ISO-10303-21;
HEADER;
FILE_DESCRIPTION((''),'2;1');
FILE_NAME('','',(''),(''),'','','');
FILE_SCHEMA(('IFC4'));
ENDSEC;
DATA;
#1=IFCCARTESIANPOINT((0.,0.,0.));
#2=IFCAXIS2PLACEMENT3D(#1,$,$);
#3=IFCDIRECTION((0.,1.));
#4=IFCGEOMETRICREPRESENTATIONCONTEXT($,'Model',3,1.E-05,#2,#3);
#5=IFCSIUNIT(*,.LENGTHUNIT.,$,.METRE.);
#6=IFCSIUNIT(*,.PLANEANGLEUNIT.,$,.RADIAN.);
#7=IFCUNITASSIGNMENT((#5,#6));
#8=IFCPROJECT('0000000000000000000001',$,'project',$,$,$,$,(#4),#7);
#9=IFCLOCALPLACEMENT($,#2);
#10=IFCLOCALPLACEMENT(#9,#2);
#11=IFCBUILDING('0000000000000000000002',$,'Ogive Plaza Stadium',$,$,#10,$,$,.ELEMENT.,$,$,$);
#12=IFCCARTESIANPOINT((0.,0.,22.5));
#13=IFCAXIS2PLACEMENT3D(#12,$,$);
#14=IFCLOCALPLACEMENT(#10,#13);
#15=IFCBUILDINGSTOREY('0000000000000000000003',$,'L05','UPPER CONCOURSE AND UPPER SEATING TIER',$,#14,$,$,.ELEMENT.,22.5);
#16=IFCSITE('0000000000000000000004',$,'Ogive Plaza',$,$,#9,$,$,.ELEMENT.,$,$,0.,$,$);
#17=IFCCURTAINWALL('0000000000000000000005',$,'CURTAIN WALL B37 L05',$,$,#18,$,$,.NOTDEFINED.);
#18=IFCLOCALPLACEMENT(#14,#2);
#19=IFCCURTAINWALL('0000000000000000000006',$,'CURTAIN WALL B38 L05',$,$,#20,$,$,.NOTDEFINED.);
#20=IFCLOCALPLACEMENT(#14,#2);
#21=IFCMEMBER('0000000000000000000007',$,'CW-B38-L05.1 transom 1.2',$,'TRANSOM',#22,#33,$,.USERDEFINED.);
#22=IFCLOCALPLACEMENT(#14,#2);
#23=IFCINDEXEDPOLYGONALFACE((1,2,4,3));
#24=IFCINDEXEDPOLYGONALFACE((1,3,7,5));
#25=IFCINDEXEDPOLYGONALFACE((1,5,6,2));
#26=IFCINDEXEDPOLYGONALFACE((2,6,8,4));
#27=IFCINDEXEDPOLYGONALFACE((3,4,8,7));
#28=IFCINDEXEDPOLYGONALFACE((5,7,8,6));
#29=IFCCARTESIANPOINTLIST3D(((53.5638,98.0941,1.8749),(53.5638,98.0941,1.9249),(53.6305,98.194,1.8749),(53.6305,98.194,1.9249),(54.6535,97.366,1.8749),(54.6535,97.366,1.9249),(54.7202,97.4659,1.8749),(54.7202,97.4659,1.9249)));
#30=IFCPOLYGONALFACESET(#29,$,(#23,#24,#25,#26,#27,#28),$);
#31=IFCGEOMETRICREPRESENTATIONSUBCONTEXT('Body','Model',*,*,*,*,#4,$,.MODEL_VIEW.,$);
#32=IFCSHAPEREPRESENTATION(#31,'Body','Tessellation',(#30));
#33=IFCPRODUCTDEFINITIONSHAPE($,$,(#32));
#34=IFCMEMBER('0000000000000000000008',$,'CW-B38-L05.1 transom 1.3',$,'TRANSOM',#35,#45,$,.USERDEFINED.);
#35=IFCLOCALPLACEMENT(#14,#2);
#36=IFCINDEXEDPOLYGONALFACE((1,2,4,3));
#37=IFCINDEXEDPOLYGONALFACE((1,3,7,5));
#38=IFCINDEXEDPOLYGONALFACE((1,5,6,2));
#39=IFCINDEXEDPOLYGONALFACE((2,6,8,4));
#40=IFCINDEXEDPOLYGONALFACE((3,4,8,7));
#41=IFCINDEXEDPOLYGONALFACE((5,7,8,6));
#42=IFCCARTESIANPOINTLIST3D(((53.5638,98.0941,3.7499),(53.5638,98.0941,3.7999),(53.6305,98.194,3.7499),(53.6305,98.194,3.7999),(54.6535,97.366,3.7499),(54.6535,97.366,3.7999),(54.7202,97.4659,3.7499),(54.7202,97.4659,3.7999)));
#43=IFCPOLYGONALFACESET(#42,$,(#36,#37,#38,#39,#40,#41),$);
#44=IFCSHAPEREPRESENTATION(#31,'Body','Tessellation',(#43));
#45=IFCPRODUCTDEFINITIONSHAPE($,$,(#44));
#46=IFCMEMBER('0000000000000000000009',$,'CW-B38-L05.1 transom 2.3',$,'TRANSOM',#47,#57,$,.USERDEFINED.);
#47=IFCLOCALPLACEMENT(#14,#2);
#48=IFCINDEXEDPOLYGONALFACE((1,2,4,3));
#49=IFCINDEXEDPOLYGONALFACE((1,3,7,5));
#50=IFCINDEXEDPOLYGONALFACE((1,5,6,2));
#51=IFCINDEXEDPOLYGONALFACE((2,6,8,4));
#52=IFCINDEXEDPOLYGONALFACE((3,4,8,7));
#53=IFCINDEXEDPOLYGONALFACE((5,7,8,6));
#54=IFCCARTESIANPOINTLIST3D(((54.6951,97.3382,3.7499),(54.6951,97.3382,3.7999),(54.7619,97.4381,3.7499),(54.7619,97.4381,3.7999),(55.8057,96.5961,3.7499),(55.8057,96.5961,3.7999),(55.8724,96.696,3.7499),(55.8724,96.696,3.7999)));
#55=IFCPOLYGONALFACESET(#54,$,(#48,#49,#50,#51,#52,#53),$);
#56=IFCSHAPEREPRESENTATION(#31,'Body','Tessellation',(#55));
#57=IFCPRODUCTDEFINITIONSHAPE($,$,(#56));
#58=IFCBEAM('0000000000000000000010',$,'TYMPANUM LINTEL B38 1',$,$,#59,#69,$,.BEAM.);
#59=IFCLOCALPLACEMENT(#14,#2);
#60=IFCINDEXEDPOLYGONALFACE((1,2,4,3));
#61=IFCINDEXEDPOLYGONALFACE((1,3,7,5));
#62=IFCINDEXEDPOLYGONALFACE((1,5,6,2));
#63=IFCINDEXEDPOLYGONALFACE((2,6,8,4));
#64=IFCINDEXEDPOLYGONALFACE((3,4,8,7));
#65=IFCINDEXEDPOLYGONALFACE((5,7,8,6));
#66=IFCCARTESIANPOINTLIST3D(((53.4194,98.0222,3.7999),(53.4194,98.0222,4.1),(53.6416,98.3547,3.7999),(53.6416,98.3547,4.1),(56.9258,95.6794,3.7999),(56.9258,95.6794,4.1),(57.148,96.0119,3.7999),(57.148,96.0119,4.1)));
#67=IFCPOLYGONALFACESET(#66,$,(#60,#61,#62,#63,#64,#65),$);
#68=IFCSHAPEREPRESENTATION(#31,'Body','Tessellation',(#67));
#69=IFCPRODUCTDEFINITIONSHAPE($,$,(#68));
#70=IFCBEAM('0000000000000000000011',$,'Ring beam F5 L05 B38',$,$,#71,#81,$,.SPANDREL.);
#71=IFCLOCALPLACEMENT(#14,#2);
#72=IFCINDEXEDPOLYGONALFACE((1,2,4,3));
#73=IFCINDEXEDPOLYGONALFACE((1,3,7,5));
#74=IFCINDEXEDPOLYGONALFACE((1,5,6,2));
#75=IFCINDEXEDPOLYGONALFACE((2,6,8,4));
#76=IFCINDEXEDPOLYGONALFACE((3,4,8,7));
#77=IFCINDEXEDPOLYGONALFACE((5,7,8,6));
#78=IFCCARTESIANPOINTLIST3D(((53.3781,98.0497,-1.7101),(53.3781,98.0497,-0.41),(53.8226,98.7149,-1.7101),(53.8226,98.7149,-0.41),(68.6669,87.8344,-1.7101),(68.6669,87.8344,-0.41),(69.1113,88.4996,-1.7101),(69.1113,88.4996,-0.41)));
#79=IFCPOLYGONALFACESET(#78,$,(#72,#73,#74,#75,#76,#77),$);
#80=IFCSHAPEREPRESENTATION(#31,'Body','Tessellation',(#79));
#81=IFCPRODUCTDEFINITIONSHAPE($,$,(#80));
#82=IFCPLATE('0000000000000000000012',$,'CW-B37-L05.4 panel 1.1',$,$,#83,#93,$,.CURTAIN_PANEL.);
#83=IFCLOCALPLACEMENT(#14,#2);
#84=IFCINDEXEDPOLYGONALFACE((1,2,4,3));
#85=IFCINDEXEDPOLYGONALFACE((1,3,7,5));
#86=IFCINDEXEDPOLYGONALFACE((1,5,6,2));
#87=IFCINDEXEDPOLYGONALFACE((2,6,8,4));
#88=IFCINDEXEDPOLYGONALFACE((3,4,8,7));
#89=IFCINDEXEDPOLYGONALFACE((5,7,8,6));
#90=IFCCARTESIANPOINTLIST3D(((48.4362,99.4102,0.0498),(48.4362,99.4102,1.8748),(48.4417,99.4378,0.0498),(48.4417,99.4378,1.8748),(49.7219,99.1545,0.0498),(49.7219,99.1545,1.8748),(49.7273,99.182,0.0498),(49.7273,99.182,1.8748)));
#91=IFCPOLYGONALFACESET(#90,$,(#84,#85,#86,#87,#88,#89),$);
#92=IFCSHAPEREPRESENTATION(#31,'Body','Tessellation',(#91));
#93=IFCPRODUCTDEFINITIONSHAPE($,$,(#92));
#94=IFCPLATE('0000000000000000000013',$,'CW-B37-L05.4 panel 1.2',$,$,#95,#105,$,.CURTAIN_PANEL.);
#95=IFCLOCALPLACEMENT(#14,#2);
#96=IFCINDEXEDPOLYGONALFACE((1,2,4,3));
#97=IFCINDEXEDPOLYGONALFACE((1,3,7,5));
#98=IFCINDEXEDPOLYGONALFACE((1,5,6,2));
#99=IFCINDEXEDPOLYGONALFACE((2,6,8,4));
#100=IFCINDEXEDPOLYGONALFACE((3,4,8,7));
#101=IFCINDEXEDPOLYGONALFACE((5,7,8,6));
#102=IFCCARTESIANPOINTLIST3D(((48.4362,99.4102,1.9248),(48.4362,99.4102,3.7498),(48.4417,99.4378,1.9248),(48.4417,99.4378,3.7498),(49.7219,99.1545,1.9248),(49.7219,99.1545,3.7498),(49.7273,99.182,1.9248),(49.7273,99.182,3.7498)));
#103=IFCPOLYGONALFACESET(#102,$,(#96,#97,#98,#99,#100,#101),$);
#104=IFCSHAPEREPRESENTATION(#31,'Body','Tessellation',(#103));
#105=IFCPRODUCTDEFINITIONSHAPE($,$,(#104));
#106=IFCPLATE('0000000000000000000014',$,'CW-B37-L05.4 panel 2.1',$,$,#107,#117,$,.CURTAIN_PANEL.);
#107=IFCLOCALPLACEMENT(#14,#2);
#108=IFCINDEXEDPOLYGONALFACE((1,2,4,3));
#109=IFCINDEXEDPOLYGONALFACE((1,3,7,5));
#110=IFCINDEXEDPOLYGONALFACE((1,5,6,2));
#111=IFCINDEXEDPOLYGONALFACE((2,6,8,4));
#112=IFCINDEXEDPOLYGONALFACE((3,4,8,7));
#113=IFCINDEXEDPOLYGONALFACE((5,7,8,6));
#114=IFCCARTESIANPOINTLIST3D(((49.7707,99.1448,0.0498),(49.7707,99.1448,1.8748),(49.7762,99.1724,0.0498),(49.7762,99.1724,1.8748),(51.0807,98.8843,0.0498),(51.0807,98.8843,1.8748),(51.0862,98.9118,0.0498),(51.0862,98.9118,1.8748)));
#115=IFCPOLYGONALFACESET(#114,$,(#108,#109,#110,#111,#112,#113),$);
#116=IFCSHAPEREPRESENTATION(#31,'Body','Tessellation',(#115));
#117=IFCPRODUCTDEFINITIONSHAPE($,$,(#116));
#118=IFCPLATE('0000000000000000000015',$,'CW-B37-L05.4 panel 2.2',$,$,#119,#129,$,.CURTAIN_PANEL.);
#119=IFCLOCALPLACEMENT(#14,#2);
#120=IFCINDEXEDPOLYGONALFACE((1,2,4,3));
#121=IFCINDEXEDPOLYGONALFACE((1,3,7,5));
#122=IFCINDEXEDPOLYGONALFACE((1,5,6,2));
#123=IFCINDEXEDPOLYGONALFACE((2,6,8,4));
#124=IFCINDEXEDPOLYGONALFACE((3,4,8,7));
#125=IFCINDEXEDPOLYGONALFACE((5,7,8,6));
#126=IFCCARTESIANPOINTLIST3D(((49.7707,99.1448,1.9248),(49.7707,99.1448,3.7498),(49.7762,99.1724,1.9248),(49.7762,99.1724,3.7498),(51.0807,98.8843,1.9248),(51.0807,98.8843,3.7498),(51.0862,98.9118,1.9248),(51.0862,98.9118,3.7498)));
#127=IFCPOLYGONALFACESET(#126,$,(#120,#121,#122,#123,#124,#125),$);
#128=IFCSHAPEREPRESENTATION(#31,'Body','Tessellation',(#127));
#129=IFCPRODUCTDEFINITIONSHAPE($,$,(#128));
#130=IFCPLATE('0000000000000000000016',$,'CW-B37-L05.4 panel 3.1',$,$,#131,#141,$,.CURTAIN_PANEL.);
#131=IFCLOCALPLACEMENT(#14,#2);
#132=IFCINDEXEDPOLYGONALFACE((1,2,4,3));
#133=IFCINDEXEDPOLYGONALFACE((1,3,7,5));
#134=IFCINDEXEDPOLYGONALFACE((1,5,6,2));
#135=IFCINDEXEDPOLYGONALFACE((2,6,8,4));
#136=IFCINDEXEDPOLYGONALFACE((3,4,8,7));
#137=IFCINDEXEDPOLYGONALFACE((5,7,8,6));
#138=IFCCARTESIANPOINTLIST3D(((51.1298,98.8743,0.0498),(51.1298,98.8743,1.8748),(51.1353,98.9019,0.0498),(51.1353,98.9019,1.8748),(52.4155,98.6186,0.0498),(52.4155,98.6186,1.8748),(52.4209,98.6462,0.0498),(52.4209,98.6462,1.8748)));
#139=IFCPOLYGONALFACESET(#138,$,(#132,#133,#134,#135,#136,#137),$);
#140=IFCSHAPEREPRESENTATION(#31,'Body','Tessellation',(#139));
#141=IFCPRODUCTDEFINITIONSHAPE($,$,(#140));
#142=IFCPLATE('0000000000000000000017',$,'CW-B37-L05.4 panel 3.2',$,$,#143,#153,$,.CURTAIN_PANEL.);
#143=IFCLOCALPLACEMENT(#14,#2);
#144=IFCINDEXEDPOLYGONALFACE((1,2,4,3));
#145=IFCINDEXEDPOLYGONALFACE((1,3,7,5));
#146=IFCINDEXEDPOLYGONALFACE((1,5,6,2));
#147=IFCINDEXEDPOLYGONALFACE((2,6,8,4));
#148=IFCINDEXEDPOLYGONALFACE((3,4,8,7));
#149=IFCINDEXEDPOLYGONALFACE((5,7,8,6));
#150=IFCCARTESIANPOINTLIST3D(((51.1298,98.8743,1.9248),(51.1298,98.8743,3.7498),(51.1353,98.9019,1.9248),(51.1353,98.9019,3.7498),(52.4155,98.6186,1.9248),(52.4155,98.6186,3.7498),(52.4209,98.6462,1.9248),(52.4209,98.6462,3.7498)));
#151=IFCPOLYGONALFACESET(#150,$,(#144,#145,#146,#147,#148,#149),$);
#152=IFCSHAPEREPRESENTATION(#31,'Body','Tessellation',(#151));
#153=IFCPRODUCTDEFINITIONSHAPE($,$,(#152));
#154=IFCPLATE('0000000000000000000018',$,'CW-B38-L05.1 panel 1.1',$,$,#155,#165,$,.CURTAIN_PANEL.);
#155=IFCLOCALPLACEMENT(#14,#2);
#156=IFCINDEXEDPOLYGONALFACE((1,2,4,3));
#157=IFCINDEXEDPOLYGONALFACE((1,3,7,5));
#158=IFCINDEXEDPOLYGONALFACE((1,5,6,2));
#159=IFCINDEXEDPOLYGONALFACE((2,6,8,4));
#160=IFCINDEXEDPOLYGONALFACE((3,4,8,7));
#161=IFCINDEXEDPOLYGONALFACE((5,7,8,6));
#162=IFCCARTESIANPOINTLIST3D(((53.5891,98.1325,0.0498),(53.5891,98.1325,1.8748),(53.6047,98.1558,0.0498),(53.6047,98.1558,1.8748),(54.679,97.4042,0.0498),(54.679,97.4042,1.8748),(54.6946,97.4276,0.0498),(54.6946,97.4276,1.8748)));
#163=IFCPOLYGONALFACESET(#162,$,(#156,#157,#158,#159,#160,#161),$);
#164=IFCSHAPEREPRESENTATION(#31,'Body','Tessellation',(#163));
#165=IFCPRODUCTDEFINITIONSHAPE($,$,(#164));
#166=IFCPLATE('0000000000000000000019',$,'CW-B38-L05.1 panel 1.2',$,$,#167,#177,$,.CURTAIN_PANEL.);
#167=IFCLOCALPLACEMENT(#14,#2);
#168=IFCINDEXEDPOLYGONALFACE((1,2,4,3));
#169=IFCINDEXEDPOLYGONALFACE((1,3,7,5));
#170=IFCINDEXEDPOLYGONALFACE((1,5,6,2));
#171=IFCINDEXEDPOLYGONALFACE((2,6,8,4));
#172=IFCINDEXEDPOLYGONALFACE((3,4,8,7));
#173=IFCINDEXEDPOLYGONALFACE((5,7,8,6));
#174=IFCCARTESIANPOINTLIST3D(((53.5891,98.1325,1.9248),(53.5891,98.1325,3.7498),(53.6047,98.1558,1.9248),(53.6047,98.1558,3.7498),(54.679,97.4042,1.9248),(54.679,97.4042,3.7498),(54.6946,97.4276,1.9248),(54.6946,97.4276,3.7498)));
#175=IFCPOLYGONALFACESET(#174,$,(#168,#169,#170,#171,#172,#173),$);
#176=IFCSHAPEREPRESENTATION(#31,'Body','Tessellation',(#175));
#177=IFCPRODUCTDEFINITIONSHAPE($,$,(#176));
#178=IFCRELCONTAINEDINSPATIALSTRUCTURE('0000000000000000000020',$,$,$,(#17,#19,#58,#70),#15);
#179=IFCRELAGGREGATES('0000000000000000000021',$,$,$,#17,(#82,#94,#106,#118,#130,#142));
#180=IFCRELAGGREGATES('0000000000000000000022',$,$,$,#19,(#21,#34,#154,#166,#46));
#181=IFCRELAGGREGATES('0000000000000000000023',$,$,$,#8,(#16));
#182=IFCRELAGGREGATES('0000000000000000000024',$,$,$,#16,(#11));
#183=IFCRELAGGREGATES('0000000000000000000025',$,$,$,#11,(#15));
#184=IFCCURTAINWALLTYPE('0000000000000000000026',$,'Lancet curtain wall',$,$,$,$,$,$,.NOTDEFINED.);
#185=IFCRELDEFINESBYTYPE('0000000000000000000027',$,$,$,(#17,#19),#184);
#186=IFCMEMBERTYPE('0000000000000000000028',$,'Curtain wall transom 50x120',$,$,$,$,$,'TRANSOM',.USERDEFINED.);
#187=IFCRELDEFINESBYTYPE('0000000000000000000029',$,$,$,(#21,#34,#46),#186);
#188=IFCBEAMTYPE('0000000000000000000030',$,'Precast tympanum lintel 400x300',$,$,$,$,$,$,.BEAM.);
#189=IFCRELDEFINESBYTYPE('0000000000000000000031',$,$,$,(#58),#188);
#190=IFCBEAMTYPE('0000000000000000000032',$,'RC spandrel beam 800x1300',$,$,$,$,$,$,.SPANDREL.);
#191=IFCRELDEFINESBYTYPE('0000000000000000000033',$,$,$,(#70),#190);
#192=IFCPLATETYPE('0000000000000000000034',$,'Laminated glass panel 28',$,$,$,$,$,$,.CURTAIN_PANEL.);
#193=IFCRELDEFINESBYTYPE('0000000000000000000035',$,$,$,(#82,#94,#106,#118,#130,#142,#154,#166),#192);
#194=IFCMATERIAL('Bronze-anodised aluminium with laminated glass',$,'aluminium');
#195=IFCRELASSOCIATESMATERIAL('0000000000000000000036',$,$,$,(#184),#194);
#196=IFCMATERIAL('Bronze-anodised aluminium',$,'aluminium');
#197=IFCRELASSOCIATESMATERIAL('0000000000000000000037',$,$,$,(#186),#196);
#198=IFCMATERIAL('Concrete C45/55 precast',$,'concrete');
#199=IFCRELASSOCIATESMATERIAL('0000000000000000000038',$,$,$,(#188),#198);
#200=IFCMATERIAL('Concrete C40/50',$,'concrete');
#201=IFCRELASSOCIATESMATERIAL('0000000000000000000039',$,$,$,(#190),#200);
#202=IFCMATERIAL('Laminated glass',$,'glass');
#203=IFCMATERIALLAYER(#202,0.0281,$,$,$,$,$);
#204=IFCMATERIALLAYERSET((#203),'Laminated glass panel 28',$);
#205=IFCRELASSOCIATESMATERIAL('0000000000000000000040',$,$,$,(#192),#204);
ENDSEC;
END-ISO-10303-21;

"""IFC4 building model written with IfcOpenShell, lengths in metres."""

from ifc_helpers import new_model, si_unit, direction, frame, origin, origin_2d, place, context, subcontext, project, spatial, rectangle, extrude, material, layer, layer_set, material_profile, profile_set, type_object, element, aggregate, save


model = new_model("IFC4")

# Units and contexts
model_context = context("Model", 3, precision=1e-05, world=origin(), true_north=direction((0.0, 1.0)))
body_context = subcontext(model_context, "Body", "Model", "MODEL_VIEW")
ifc_project = project(units=[si_unit("LENGTHUNIT", "METRE"), si_unit("PLANEANGLEUNIT", "RADIAN")], contexts=[model_context])

# Site, building, storey
site_placement = place(None, origin())
site = spatial("IfcSite", under=ifc_project, at=site_placement, Name="Ogive Plaza", CompositionType="ELEMENT", RefElevation=0.0)
building_placement = place(site_placement, origin())
building = spatial("IfcBuilding", under=site, at=building_placement, Name="Ogive Plaza Stadium", CompositionType="ELEMENT")
storey_placement = place(building_placement, frame((0.0, 0.0, 22.5)))
storey = spatial("IfcBuildingStorey", under=building, at=storey_placement, Name="L05", Description="UPPER CONCOURSE AND UPPER SEATING TIER", CompositionType="ELEMENT", Elevation=22.5)

# Curtain walls
ifc_material_1 = material(Name="Bronze-anodised aluminium with laminated glass", Category="aluminium")
curtain_wall_type = type_object("IfcCurtainWallType", Name="Lancet curtain wall", PredefinedType="NOTDEFINED", material=ifc_material_1)
curtain_wall_1_placement = place(storey_placement, origin())
curtain_wall_1 = element("IfcCurtainWall", 1, at=curtain_wall_1_placement, inside=storey, type_object=curtain_wall_type, Name="CURTAIN WALL B37 L05", PredefinedType="NOTDEFINED")
curtain_wall_2_placement = place(storey_placement, origin())
curtain_wall_2 = element("IfcCurtainWall", 2, at=curtain_wall_2_placement, inside=storey, type_object=curtain_wall_type, Name="CURTAIN WALL B38 L05", PredefinedType="NOTDEFINED")

# Members
ifc_material_2 = material(Name="Bronze-anodised aluminium", Category="aluminium")
ifc_material_profile_1 = material_profile(ifc_material_2, rectangle(XDim=0.1201, YDim=0.05, at=origin_2d()), Name="AL 120x50")
ifc_profile_set_1 = profile_set([ifc_material_profile_1], Name="Bronze-anodised aluminium")
member_type_1 = type_object("IfcMemberType", Name="Curtain wall transom 50x120", ElementType="TRANSOM", PredefinedType="USERDEFINED", material=ifc_profile_set_1)
member_1_placement = place(storey_placement, frame((53.5972, 98.144, 1.8999), z_axis=(0.831477, -0.55556, 0.0), x_axis=(0.55556, 0.831477, 0.0)))
member_1 = element("IfcMember", 3, at=member_1_placement, type_object=member_type_1, Name="CW-B38-L05.1 transom 1.2", ObjectType="TRANSOM", PredefinedType="USERDEFINED", context=body_context, shape_type="SweptSolid", body=[
    extrude(rectangle(XDim=0.1201, YDim=0.05, at=origin_2d()), origin(), (0.0, 0.0, 1.0), 1.3105),
])
member_2_placement = place(storey_placement, frame((53.5972, 98.144, 3.7749), z_axis=(0.831477, -0.55556, 0.0), x_axis=(0.55556, 0.831477, 0.0)))
member_2 = element("IfcMember", 4, at=member_2_placement, type_object=member_type_1, Name="CW-B38-L05.1 transom 1.3", ObjectType="TRANSOM", PredefinedType="USERDEFINED", context=body_context, shape_type="SweptSolid", body=[
    extrude(rectangle(XDim=0.1201, YDim=0.05, at=origin_2d()), origin(), (0.0, 0.0, 1.0), 1.3105),
])
member_3_placement = place(storey_placement, frame((54.7285, 97.3882, 3.7749), z_axis=(0.831431, -0.555628, 0.0), x_axis=(0.555628, 0.831431, 0.0)))
member_3 = element("IfcMember", 5, at=member_3_placement, type_object=member_type_1, Name="CW-B38-L05.1 transom 2.3", ObjectType="TRANSOM", PredefinedType="USERDEFINED", context=body_context, shape_type="SweptSolid", body=[
    extrude(rectangle(XDim=0.1201, YDim=0.05, at=origin_2d()), origin(), (0.0, 0.0, 1.0), 1.3357),
])

# Beams
ifc_material_3 = material(Name="Concrete C45/55 precast", Category="concrete")
ifc_material_profile_2 = material_profile(ifc_material_3, rectangle(XDim=0.3999, YDim=0.3, at=origin_2d()), Name="RC 400x300")
ifc_profile_set_2 = profile_set([ifc_material_profile_2], Name="Concrete C45/55 precast")
beam_type_1 = type_object("IfcBeamType", Name="Precast tympanum lintel 400x300", PredefinedType="BEAM", material=ifc_profile_set_2)
beam_1_placement = place(storey_placement, frame((53.5305, 98.1885, 3.95), z_axis=(0.83148, -0.555555, 0.0), x_axis=(0.555555, 0.83148, 0.0)))
element("IfcBeam", 6, at=beam_1_placement, inside=storey, type_object=beam_type_1, Name="TYMPANUM LINTEL B38 1", PredefinedType="BEAM", context=body_context, shape_type="SweptSolid", body=[
    extrude(rectangle(XDim=0.3999, YDim=0.3, at=origin_2d()), origin(), (0.0, 0.0, 1.0), 4.217),
])
ifc_material_4 = material(Name="Concrete C40/50", Category="concrete")
ifc_material_profile_3 = material_profile(ifc_material_4, rectangle(XDim=0.8, YDim=1.3, at=origin_2d()), Name="RC 800x1300")
ifc_profile_set_3 = profile_set([ifc_material_profile_3], Name="Concrete C40/50")
beam_type_2 = type_object("IfcBeamType", Name="RC spandrel beam 800x1300", PredefinedType="SPANDREL", material=ifc_profile_set_3)
beam_2_placement = place(storey_placement, frame((53.6003, 98.3823, -1.0601), z_axis=(0.831478, -0.555558, 0.0), x_axis=(0.555558, 0.831478, 0.0)))
element("IfcBeam", 7, at=beam_2_placement, inside=storey, type_object=beam_type_2, Name="Ring beam F5 L05 B38", PredefinedType="SPANDREL", context=body_context, shape_type="SweptSolid", body=[
    extrude(rectangle(XDim=0.8, YDim=1.3, at=origin_2d()), origin(), (0.0, 0.0, 1.0), 18.3875),
])

# Plates
ifc_material_5 = material(Name="Laminated glass", Category="glass")
ifc_layer_1 = layer(ifc_material_5, 0.0281)
ifc_layer_set_1 = layer_set([ifc_layer_1], Name="Laminated glass panel 28")
plate_type = type_object("IfcPlateType", Name="Laminated glass panel 28", PredefinedType="CURTAIN_PANEL", material=ifc_layer_set_1)
plate_1_placement = place(storey_placement, frame((49.0818, 99.2961, 0.0498), z_axis=(0.0, 0.0, 1.0), x_axis=(0.980785, -0.19509, 0.0)))
plate_1 = element("IfcPlate", 8, at=plate_1_placement, type_object=plate_type, Name="CW-B37-L05.4 panel 1.1", PredefinedType="CURTAIN_PANEL", context=body_context, shape_type="SweptSolid", body=[
    extrude(rectangle(XDim=1.3108, YDim=0.0281, at=origin_2d()), origin(), (0.0, 0.0, 1.0), 1.825),
])
plate_2_placement = place(storey_placement, frame((49.0818, 99.2961, 1.9248), z_axis=(0.0, 0.0, 1.0), x_axis=(0.980785, -0.19509, 0.0)))
plate_2 = element("IfcPlate", 9, at=plate_2_placement, type_object=plate_type, Name="CW-B37-L05.4 panel 1.2", PredefinedType="CURTAIN_PANEL", context=body_context, shape_type="SweptSolid", body=[
    extrude(rectangle(XDim=1.3108, YDim=0.0281, at=origin_2d()), origin(), (0.0, 0.0, 1.0), 1.825),
])
plate_3_placement = place(storey_placement, frame((50.4285, 99.0283, 0.0498), z_axis=(0.0, 0.0, 1.0), x_axis=(0.980785, -0.19509, 0.0)))
plate_3 = element("IfcPlate", 10, at=plate_3_placement, type_object=plate_type, Name="CW-B37-L05.4 panel 2.1", PredefinedType="CURTAIN_PANEL", context=body_context, shape_type="SweptSolid", body=[
    extrude(rectangle(XDim=1.3357, YDim=0.0281, at=origin_2d()), origin(), (0.0, 0.0, 1.0), 1.825),
])
plate_4_placement = place(storey_placement, frame((50.4285, 99.0283, 1.9248), z_axis=(0.0, 0.0, 1.0), x_axis=(0.980785, -0.19509, 0.0)))
plate_4 = element("IfcPlate", 11, at=plate_4_placement, type_object=plate_type, Name="CW-B37-L05.4 panel 2.2", PredefinedType="CURTAIN_PANEL", context=body_context, shape_type="SweptSolid", body=[
    extrude(rectangle(XDim=1.3357, YDim=0.0281, at=origin_2d()), origin(), (0.0, 0.0, 1.0), 1.825),
])
plate_5_placement = place(storey_placement, frame((51.7754, 98.7603, 0.0498), z_axis=(0.0, 0.0, 1.0), x_axis=(0.980785, -0.19509, 0.0)))
plate_5 = element("IfcPlate", 12, at=plate_5_placement, type_object=plate_type, Name="CW-B37-L05.4 panel 3.1", PredefinedType="CURTAIN_PANEL", context=body_context, shape_type="SweptSolid", body=[
    extrude(rectangle(XDim=1.3108, YDim=0.0281, at=origin_2d()), origin(), (0.0, 0.0, 1.0), 1.825),
])
plate_6_placement = place(storey_placement, frame((51.7754, 98.7603, 1.9248), z_axis=(0.0, 0.0, 1.0), x_axis=(0.980785, -0.19509, 0.0)))
plate_6 = element("IfcPlate", 13, at=plate_6_placement, type_object=plate_type, Name="CW-B37-L05.4 panel 3.2", PredefinedType="CURTAIN_PANEL", context=body_context, shape_type="SweptSolid", body=[
    extrude(rectangle(XDim=1.3108, YDim=0.0281, at=origin_2d()), origin(), (0.0, 0.0, 1.0), 1.825),
])
aggregate(curtain_wall_1, [plate_1, plate_2, plate_3, plate_4, plate_5, plate_6])
plate_7_placement = place(storey_placement, frame((54.1418, 97.78, 0.0498), z_axis=(0.0, 0.0, 1.0), x_axis=(0.83147, -0.55557, 0.0)))
plate_7 = element("IfcPlate", 14, at=plate_7_placement, type_object=plate_type, Name="CW-B38-L05.1 panel 1.1", PredefinedType="CURTAIN_PANEL", context=body_context, shape_type="SweptSolid", body=[
    extrude(rectangle(XDim=1.3108, YDim=0.0281, at=origin_2d()), origin(), (0.0, 0.0, 1.0), 1.825),
])
plate_8_placement = place(storey_placement, frame((54.1418, 97.78, 1.9248), z_axis=(0.0, 0.0, 1.0), x_axis=(0.83147, -0.55557, 0.0)))
plate_8 = element("IfcPlate", 15, at=plate_8_placement, type_object=plate_type, Name="CW-B38-L05.1 panel 1.2", PredefinedType="CURTAIN_PANEL", context=body_context, shape_type="SweptSolid", body=[
    extrude(rectangle(XDim=1.3108, YDim=0.0281, at=origin_2d()), origin(), (0.0, 0.0, 1.0), 1.825),
])
aggregate(curtain_wall_2, [member_1, member_2, plate_7, plate_8, member_3])

save(model, "model.ifc")
